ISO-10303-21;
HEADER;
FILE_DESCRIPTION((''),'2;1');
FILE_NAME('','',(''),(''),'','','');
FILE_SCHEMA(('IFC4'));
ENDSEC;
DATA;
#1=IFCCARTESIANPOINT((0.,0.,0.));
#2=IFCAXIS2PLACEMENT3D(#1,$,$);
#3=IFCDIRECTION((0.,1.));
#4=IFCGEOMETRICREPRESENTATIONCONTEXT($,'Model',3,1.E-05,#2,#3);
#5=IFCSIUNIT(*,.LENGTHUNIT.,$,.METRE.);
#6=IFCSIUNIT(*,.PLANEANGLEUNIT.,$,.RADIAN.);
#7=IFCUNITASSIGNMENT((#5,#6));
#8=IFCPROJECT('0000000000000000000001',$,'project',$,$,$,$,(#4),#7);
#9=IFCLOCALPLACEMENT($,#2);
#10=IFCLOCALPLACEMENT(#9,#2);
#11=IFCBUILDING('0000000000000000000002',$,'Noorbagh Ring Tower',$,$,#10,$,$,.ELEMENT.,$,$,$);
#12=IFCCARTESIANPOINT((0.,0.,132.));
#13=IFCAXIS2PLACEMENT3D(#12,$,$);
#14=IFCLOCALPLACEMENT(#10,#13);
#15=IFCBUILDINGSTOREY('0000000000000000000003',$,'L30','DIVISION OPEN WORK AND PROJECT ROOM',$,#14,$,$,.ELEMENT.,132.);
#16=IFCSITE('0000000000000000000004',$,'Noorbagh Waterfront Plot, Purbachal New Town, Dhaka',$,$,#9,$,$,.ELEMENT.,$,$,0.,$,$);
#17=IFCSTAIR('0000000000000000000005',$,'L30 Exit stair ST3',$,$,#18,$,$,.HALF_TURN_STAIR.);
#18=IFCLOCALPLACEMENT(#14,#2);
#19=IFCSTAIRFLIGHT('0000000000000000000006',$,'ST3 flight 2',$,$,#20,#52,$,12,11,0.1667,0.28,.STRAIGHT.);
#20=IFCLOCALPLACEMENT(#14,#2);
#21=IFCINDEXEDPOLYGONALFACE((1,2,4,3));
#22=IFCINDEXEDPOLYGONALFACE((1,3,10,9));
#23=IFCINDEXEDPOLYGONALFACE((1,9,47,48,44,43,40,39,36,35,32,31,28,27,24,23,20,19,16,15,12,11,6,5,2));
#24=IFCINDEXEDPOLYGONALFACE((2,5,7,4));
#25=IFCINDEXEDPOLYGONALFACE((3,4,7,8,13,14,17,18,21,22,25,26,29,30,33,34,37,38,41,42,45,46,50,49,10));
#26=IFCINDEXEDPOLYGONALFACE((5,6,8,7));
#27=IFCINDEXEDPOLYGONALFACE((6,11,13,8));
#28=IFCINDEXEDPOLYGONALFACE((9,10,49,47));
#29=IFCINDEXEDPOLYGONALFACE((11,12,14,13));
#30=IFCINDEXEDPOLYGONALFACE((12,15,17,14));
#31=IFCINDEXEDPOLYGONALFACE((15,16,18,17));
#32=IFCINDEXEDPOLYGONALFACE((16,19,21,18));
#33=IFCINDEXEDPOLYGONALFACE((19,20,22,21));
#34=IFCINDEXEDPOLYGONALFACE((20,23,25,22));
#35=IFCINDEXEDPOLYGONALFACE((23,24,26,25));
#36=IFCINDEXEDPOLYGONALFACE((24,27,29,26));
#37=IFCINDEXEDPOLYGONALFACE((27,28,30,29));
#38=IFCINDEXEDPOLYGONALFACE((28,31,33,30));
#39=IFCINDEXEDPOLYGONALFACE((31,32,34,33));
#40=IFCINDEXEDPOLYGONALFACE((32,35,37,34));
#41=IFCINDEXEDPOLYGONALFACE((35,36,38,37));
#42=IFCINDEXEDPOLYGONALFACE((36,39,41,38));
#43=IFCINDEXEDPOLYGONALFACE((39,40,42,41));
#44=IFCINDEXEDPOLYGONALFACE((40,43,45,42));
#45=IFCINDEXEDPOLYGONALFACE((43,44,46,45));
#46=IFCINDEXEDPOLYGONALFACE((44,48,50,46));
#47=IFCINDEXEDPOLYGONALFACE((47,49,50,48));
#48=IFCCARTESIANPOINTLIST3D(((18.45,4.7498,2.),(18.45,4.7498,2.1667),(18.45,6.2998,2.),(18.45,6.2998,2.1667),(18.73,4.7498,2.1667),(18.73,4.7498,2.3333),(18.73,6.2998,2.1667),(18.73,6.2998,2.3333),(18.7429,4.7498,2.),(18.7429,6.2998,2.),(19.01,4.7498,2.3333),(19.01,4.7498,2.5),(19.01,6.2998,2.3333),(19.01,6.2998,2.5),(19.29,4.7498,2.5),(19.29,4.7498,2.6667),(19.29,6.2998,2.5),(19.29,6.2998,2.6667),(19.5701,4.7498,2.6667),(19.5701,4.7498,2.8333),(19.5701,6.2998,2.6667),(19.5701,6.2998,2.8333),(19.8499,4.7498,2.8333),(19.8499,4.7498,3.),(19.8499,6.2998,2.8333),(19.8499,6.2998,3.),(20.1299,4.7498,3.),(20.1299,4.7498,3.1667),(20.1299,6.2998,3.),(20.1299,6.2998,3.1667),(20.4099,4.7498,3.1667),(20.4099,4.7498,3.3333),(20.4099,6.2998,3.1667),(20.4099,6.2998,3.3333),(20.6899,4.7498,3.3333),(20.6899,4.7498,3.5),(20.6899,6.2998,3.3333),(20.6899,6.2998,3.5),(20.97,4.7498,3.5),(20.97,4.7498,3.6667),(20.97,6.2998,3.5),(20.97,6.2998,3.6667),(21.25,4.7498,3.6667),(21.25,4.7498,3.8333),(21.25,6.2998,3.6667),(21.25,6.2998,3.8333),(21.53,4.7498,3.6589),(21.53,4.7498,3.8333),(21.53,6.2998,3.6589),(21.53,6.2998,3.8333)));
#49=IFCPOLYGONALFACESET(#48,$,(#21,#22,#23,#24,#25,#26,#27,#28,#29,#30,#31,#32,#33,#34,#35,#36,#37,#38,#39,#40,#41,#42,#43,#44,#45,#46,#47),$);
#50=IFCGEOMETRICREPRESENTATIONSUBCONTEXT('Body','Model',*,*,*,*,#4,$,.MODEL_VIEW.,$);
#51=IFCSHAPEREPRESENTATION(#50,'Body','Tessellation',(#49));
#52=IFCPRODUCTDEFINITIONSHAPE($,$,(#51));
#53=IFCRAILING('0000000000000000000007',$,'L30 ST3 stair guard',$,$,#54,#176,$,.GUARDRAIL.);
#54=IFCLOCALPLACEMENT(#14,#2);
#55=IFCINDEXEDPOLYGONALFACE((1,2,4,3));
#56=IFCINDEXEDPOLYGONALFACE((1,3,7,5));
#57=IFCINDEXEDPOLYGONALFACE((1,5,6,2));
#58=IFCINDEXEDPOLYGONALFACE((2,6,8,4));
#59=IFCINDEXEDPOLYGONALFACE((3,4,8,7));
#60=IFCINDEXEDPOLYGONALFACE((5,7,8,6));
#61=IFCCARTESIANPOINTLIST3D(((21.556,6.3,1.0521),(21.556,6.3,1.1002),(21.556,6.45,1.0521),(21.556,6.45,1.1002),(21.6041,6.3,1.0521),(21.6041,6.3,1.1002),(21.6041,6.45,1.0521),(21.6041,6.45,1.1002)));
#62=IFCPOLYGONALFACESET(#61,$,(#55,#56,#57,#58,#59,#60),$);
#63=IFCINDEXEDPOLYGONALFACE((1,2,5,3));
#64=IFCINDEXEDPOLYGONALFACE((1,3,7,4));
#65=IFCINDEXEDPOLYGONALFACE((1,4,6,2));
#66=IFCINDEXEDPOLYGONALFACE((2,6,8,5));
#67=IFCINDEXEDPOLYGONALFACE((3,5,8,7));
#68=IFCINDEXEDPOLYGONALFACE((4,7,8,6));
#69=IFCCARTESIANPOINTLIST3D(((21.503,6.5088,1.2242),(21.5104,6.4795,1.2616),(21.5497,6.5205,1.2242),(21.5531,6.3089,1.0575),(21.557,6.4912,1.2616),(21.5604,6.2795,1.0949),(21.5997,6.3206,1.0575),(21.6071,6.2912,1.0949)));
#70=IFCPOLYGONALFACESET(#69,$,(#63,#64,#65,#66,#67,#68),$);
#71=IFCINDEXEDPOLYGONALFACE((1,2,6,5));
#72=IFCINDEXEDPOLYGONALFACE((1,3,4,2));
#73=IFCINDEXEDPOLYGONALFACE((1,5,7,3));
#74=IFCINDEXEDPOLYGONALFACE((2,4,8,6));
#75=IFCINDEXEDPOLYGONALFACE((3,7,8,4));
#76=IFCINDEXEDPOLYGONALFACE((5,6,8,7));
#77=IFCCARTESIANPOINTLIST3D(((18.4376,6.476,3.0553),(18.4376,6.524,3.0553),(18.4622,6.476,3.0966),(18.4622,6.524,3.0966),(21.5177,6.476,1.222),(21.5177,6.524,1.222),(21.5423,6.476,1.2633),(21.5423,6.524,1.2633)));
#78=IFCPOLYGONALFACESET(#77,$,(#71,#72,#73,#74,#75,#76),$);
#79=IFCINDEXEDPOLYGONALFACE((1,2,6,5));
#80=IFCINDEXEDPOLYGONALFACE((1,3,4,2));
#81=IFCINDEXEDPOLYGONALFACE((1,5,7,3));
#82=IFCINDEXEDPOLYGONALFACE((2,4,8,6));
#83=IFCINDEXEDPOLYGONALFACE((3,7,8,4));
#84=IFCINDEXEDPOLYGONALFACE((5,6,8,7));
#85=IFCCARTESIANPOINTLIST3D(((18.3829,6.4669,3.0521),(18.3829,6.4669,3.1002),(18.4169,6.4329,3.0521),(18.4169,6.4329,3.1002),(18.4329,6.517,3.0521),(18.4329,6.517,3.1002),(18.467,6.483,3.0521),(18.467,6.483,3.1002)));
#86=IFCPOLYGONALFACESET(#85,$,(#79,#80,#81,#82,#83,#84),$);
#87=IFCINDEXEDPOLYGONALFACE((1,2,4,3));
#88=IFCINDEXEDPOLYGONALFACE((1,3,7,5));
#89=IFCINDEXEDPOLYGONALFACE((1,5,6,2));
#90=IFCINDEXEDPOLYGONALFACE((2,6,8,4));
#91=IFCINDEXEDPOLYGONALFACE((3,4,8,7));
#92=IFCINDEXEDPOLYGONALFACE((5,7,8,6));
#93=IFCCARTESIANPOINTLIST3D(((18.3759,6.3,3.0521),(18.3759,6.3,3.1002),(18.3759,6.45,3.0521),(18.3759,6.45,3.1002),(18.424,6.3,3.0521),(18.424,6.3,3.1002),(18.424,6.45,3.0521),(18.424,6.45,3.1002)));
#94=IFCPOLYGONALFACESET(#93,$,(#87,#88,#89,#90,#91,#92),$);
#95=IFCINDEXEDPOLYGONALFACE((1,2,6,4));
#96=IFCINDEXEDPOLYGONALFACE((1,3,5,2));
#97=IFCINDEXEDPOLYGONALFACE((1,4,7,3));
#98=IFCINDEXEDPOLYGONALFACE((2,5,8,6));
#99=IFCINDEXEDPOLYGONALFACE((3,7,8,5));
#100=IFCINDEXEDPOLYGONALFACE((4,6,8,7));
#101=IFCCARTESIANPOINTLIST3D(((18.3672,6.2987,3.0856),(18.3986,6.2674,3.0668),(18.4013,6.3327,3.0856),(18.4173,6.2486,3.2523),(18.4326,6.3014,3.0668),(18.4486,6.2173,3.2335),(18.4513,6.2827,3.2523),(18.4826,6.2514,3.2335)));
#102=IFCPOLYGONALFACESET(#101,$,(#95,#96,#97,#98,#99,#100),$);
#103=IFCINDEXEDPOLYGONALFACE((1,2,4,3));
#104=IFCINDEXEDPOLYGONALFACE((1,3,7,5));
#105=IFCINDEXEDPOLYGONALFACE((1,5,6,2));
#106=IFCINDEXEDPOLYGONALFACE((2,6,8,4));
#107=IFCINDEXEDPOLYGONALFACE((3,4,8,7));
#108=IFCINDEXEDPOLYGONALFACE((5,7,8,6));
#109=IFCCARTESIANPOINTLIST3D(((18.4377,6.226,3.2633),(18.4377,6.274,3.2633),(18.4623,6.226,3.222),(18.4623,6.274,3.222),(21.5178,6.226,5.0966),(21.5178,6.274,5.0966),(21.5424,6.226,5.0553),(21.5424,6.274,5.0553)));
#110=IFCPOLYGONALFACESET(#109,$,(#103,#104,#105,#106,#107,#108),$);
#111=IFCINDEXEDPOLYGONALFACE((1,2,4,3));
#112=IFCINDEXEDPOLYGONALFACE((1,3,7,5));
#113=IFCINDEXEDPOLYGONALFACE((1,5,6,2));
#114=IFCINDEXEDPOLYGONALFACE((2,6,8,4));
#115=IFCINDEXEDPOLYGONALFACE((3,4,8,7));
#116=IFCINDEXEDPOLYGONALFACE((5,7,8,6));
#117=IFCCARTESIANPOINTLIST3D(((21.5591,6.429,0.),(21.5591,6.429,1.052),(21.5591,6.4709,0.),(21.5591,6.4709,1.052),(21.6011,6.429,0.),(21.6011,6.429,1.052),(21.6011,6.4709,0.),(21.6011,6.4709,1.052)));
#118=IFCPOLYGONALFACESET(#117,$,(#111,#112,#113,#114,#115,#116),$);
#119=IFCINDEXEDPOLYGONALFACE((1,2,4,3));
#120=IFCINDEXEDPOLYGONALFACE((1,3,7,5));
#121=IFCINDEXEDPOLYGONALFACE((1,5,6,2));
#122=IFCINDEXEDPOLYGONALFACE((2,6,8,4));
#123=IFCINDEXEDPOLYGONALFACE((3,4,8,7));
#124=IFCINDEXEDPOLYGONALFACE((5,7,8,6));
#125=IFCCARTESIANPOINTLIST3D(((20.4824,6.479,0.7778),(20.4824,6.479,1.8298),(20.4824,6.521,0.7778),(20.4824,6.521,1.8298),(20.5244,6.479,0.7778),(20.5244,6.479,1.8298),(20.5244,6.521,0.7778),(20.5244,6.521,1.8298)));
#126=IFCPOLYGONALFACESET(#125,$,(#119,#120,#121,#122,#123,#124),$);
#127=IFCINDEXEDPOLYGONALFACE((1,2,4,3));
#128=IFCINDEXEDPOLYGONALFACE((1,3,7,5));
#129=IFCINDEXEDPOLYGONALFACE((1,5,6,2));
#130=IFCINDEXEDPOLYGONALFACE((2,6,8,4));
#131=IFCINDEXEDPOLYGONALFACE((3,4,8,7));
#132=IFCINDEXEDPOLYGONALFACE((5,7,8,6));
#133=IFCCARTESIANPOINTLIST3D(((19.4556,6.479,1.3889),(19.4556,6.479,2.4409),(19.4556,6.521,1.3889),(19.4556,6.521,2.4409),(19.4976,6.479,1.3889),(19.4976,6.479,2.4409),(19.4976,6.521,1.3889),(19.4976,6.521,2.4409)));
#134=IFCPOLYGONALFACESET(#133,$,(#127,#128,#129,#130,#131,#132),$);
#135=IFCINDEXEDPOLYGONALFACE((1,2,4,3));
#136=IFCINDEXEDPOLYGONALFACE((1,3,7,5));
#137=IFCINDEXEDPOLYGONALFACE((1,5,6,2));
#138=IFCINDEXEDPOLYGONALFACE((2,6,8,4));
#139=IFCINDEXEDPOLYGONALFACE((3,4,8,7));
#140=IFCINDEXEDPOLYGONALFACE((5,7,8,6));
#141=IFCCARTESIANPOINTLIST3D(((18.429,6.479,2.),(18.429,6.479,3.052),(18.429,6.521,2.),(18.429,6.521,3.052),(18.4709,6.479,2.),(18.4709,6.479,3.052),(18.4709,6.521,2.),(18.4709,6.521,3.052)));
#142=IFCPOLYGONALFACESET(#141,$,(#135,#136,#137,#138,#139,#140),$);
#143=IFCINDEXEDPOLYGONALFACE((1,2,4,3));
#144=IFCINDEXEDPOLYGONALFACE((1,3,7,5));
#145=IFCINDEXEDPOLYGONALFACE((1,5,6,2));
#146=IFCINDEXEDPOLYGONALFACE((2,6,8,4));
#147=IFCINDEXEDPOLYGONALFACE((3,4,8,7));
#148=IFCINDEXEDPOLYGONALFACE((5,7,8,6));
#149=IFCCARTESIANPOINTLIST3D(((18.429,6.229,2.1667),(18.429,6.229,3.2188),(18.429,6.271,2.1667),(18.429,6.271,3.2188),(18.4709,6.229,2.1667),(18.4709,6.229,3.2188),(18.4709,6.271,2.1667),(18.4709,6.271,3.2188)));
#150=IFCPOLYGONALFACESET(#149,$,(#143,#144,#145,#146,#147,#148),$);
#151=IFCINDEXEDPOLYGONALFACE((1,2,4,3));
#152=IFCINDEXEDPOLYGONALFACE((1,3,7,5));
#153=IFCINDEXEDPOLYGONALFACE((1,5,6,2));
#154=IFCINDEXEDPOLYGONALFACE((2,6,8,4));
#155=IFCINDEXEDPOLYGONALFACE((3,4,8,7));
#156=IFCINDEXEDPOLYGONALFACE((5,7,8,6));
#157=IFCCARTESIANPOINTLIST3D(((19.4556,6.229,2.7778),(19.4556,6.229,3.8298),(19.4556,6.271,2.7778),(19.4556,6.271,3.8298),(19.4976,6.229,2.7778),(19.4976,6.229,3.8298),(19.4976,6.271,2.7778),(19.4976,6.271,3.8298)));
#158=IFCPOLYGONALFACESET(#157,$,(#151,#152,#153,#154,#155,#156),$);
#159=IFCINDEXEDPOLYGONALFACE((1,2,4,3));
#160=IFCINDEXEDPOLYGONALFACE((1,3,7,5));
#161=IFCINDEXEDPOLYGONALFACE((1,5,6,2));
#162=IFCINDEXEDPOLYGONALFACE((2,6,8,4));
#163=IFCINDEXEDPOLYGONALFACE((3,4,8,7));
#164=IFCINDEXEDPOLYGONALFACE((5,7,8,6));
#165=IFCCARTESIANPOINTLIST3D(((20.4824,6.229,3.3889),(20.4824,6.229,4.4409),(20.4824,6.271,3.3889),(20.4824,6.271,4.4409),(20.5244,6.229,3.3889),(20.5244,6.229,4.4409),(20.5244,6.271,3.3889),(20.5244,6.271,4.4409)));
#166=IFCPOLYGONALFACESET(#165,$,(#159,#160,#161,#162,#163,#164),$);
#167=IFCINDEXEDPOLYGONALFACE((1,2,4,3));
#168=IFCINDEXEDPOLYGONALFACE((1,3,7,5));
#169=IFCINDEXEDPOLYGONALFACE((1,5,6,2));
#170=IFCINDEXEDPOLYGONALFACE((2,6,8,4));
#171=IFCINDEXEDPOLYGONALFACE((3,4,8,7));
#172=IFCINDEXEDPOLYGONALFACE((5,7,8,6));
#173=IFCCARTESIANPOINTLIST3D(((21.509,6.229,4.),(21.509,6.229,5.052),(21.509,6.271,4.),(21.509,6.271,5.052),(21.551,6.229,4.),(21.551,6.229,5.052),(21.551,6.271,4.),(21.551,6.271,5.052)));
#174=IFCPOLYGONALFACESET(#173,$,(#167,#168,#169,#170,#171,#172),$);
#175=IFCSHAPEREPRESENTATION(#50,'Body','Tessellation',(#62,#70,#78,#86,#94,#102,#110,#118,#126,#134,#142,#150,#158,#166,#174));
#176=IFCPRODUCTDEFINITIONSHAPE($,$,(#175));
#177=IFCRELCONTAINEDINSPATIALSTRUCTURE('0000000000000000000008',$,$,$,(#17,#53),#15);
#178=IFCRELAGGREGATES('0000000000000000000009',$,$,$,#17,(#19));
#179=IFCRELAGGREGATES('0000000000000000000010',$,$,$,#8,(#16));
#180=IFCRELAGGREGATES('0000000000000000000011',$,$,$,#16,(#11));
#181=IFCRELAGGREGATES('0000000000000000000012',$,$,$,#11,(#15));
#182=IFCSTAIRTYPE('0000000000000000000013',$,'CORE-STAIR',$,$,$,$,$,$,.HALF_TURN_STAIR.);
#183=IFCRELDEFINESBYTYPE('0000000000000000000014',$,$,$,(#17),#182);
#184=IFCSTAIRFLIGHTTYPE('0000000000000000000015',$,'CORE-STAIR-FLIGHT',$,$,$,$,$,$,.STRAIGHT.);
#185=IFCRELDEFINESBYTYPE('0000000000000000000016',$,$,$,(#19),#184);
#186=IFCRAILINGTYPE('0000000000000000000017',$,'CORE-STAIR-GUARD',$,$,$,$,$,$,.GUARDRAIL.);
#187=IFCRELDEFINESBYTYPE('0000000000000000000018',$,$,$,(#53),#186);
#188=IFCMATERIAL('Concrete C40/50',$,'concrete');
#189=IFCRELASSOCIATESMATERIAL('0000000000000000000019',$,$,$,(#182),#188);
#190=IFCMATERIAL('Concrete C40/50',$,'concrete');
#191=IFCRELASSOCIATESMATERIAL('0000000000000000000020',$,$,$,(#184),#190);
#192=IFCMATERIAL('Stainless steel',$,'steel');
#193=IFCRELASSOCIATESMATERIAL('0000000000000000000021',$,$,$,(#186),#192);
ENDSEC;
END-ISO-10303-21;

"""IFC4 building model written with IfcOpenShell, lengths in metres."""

from ifc_helpers import new_model, si_unit, direction, frame, origin, origin_2d, place, context, subcontext, project, spatial, polyline, rectangle, outline, extrude, material, type_object, element, aggregate, save


model = new_model("IFC4")

# Units and contexts
model_context = context("Model", 3, precision=1e-05, world=origin(), true_north=direction((0.0, 1.0)))
body_context = subcontext(model_context, "Body", "Model", "MODEL_VIEW")
ifc_project = project(units=[si_unit("LENGTHUNIT", "METRE"), si_unit("PLANEANGLEUNIT", "RADIAN")], contexts=[model_context])

# Site, building, storey
site_placement = place(None, origin())
site = spatial("IfcSite", under=ifc_project, at=site_placement, Name="Noorbagh Waterfront Plot, Purbachal New Town, Dhaka", CompositionType="ELEMENT", RefElevation=0.0)
building_placement = place(site_placement, origin())
building = spatial("IfcBuilding", under=site, at=building_placement, Name="Noorbagh Ring Tower", CompositionType="ELEMENT")
storey_placement = place(building_placement, frame((0.0, 0.0, 132.0)))
storey = spatial("IfcBuildingStorey", under=building, at=storey_placement, Name="L30", Description="DIVISION OPEN WORK AND PROJECT ROOM", CompositionType="ELEMENT", Elevation=132.0)

# Stair, stair flight
ifc_material_1 = material(Name="Concrete C40/50", Category="concrete")
stair_type = type_object("IfcStairType", Name="CORE-STAIR", PredefinedType="HALF_TURN_STAIR", material=ifc_material_1)
stair_placement = place(storey_placement, origin())
stair = element("IfcStair", 1, at=stair_placement, inside=storey, type_object=stair_type, Name="L30 Exit stair ST3", PredefinedType="HALF_TURN_STAIR")
ifc_material_2 = material(Name="Concrete C40/50", Category="concrete")
stair_flight_type = type_object("IfcStairFlightType", Name="CORE-STAIR-FLIGHT", PredefinedType="STRAIGHT", material=ifc_material_2)
stair_flight_1_placement = place(storey_placement, frame((18.45, 5.5249, 2.0), z_axis=(0.0, 0.0, 1.0), x_axis=(1.0, 0.0, 0.0)))
stair_flight_1 = element("IfcStairFlight", 2, at=stair_flight_1_placement, type_object=stair_flight_type, Name="ST3 flight 2", NumberOfRisers=12, NumberOfTreads=11, PredefinedType="STRAIGHT", RiserHeight=0.1667, TreadLength=0.28, context=body_context, shape_type="SweptSolid", body=[
    extrude(outline(polyline([(0.0, 0.0), (0.0, 0.1667), (0.28, 0.1667), (0.28, 0.3333), (0.5601, 0.3333), (0.5601, 0.5), (0.8401, 0.5), (0.8401, 0.6667), (1.1201, 0.6667), (1.1201, 0.8333), (1.3999, 0.8333), (1.3999, 1.0), (1.6799, 1.0), (1.6799, 1.1667), (1.96, 1.1667), (1.96, 1.3333), (2.24, 1.3333), (2.24, 1.5), (2.52, 1.5), (2.52, 1.6667), (2.8, 1.6667), (2.8, 1.8333), (3.0801, 1.8333), (3.0801, 2.0), (3.0801, 1.6589), (0.293, 0.0), (0.0, 0.0)])), frame((0.0, 0.7749, 0.0), z_axis=(0.0, -1.0, 0.0), x_axis=(1.0, 0.0, 0.0)), (0.0, 0.0, 1.0), 1.55),
])
aggregate(stair, [stair_flight_1])

# Railing
ifc_material_3 = material(Name="Stainless steel", Category="steel")
railing_type_1 = type_object("IfcRailingType", Name="CORE-STAIR-GUARD", PredefinedType="GUARDRAIL", material=ifc_material_3)
railing_1_placement = place(storey_placement, frame((21.5801, 6.45, 0.0)))
element("IfcRailing", 3, at=railing_1_placement, inside=storey, type_object=railing_type_1, Name="L30 ST3 stair guard", PredefinedType="GUARDRAIL", context=body_context, shape_type="SweptSolid", body=[
    extrude(rectangle(XDim=0.0481, YDim=0.0481, at=origin_2d()), frame((0.0, 0.0, 1.0762), z_axis=(0.0, -1.0, 0.0), x_axis=(1.0, 0.0, 0.0)), (0.0, 0.0, 1.0), 0.1499),
    extrude(rectangle(XDim=0.0481, YDim=0.0481, at=origin_2d()), frame((0.0, -0.1499, 1.0762), z_axis=(-0.188776, 0.754182, 0.628946), x_axis=(-0.970073, -0.242814, 0.0)), (0.0, 0.0, 1.0), 0.2651),
    extrude(rectangle(XDim=0.0481, YDim=0.0481, at=origin_2d()), frame((-0.05, 0.05, 1.2427), z_axis=(-0.859309, 0.0, 0.511458), x_axis=(0.0, -1.0, 0.0)), (0.0, 0.0, 1.0), 3.5845),
    extrude(rectangle(XDim=0.0481, YDim=0.0481, at=origin_2d()), frame((-3.1301, 0.05, 3.0762), z_axis=(-0.707107, -0.707107, 0.0), x_axis=(0.707107, -0.707107, 0.0)), (0.0, 0.0, 1.0), 0.0708),
    extrude(rectangle(XDim=0.0481, YDim=0.0481, at=origin_2d()), frame((-3.1802, 0.0, 3.0762), z_axis=(0.0, -1.0, 0.0), x_axis=(1.0, 0.0, 0.0)), (0.0, 0.0, 1.0), 0.1499),
    extrude(rectangle(XDim=0.0481, YDim=0.0481, at=origin_2d()), frame((-3.1802, -0.1499, 3.0762), z_axis=(0.276287, -0.276287, 0.920506), x_axis=(0.707107, 0.707107, 0.0)), (0.0, 0.0, 1.0), 0.1812),
    extrude(rectangle(XDim=0.0481, YDim=0.0481, at=origin_2d()), frame((-3.1301, -0.2, 3.2427), z_axis=(0.859309, 0.0, 0.511458), x_axis=(0.0, 1.0, 0.0)), (0.0, 0.0, 1.0), 3.5845),
    extrude(rectangle(XDim=0.042, YDim=0.042, at=origin_2d()), origin(), (0.0, 0.0, 1.0), 1.052),
    extrude(rectangle(XDim=0.042, YDim=0.042, at=origin_2d()), frame((-1.0767, 0.05, 0.7778)), (0.0, 0.0, 1.0), 1.052),
    extrude(rectangle(XDim=0.042, YDim=0.042, at=origin_2d()), frame((-2.1035, 0.05, 1.3889)), (0.0, 0.0, 1.0), 1.052),
    extrude(rectangle(XDim=0.042, YDim=0.042, at=origin_2d()), frame((-3.1301, 0.05, 2.0)), (0.0, 0.0, 1.0), 1.052),
    extrude(rectangle(XDim=0.042, YDim=0.042, at=origin_2d()), frame((-3.1301, -0.2, 2.1667)), (0.0, 0.0, 1.0), 1.052),
    extrude(rectangle(XDim=0.042, YDim=0.042, at=origin_2d()), frame((-2.1035, -0.2, 2.7778)), (0.0, 0.0, 1.0), 1.052),
    extrude(rectangle(XDim=0.042, YDim=0.042, at=origin_2d()), frame((-1.0767, -0.2, 3.3889)), (0.0, 0.0, 1.0), 1.052),
    extrude(rectangle(XDim=0.042, YDim=0.042, at=origin_2d()), frame((-0.05, -0.2, 4.0)), (0.0, 0.0, 1.0), 1.052),
])

save(model, "model.ifc")
